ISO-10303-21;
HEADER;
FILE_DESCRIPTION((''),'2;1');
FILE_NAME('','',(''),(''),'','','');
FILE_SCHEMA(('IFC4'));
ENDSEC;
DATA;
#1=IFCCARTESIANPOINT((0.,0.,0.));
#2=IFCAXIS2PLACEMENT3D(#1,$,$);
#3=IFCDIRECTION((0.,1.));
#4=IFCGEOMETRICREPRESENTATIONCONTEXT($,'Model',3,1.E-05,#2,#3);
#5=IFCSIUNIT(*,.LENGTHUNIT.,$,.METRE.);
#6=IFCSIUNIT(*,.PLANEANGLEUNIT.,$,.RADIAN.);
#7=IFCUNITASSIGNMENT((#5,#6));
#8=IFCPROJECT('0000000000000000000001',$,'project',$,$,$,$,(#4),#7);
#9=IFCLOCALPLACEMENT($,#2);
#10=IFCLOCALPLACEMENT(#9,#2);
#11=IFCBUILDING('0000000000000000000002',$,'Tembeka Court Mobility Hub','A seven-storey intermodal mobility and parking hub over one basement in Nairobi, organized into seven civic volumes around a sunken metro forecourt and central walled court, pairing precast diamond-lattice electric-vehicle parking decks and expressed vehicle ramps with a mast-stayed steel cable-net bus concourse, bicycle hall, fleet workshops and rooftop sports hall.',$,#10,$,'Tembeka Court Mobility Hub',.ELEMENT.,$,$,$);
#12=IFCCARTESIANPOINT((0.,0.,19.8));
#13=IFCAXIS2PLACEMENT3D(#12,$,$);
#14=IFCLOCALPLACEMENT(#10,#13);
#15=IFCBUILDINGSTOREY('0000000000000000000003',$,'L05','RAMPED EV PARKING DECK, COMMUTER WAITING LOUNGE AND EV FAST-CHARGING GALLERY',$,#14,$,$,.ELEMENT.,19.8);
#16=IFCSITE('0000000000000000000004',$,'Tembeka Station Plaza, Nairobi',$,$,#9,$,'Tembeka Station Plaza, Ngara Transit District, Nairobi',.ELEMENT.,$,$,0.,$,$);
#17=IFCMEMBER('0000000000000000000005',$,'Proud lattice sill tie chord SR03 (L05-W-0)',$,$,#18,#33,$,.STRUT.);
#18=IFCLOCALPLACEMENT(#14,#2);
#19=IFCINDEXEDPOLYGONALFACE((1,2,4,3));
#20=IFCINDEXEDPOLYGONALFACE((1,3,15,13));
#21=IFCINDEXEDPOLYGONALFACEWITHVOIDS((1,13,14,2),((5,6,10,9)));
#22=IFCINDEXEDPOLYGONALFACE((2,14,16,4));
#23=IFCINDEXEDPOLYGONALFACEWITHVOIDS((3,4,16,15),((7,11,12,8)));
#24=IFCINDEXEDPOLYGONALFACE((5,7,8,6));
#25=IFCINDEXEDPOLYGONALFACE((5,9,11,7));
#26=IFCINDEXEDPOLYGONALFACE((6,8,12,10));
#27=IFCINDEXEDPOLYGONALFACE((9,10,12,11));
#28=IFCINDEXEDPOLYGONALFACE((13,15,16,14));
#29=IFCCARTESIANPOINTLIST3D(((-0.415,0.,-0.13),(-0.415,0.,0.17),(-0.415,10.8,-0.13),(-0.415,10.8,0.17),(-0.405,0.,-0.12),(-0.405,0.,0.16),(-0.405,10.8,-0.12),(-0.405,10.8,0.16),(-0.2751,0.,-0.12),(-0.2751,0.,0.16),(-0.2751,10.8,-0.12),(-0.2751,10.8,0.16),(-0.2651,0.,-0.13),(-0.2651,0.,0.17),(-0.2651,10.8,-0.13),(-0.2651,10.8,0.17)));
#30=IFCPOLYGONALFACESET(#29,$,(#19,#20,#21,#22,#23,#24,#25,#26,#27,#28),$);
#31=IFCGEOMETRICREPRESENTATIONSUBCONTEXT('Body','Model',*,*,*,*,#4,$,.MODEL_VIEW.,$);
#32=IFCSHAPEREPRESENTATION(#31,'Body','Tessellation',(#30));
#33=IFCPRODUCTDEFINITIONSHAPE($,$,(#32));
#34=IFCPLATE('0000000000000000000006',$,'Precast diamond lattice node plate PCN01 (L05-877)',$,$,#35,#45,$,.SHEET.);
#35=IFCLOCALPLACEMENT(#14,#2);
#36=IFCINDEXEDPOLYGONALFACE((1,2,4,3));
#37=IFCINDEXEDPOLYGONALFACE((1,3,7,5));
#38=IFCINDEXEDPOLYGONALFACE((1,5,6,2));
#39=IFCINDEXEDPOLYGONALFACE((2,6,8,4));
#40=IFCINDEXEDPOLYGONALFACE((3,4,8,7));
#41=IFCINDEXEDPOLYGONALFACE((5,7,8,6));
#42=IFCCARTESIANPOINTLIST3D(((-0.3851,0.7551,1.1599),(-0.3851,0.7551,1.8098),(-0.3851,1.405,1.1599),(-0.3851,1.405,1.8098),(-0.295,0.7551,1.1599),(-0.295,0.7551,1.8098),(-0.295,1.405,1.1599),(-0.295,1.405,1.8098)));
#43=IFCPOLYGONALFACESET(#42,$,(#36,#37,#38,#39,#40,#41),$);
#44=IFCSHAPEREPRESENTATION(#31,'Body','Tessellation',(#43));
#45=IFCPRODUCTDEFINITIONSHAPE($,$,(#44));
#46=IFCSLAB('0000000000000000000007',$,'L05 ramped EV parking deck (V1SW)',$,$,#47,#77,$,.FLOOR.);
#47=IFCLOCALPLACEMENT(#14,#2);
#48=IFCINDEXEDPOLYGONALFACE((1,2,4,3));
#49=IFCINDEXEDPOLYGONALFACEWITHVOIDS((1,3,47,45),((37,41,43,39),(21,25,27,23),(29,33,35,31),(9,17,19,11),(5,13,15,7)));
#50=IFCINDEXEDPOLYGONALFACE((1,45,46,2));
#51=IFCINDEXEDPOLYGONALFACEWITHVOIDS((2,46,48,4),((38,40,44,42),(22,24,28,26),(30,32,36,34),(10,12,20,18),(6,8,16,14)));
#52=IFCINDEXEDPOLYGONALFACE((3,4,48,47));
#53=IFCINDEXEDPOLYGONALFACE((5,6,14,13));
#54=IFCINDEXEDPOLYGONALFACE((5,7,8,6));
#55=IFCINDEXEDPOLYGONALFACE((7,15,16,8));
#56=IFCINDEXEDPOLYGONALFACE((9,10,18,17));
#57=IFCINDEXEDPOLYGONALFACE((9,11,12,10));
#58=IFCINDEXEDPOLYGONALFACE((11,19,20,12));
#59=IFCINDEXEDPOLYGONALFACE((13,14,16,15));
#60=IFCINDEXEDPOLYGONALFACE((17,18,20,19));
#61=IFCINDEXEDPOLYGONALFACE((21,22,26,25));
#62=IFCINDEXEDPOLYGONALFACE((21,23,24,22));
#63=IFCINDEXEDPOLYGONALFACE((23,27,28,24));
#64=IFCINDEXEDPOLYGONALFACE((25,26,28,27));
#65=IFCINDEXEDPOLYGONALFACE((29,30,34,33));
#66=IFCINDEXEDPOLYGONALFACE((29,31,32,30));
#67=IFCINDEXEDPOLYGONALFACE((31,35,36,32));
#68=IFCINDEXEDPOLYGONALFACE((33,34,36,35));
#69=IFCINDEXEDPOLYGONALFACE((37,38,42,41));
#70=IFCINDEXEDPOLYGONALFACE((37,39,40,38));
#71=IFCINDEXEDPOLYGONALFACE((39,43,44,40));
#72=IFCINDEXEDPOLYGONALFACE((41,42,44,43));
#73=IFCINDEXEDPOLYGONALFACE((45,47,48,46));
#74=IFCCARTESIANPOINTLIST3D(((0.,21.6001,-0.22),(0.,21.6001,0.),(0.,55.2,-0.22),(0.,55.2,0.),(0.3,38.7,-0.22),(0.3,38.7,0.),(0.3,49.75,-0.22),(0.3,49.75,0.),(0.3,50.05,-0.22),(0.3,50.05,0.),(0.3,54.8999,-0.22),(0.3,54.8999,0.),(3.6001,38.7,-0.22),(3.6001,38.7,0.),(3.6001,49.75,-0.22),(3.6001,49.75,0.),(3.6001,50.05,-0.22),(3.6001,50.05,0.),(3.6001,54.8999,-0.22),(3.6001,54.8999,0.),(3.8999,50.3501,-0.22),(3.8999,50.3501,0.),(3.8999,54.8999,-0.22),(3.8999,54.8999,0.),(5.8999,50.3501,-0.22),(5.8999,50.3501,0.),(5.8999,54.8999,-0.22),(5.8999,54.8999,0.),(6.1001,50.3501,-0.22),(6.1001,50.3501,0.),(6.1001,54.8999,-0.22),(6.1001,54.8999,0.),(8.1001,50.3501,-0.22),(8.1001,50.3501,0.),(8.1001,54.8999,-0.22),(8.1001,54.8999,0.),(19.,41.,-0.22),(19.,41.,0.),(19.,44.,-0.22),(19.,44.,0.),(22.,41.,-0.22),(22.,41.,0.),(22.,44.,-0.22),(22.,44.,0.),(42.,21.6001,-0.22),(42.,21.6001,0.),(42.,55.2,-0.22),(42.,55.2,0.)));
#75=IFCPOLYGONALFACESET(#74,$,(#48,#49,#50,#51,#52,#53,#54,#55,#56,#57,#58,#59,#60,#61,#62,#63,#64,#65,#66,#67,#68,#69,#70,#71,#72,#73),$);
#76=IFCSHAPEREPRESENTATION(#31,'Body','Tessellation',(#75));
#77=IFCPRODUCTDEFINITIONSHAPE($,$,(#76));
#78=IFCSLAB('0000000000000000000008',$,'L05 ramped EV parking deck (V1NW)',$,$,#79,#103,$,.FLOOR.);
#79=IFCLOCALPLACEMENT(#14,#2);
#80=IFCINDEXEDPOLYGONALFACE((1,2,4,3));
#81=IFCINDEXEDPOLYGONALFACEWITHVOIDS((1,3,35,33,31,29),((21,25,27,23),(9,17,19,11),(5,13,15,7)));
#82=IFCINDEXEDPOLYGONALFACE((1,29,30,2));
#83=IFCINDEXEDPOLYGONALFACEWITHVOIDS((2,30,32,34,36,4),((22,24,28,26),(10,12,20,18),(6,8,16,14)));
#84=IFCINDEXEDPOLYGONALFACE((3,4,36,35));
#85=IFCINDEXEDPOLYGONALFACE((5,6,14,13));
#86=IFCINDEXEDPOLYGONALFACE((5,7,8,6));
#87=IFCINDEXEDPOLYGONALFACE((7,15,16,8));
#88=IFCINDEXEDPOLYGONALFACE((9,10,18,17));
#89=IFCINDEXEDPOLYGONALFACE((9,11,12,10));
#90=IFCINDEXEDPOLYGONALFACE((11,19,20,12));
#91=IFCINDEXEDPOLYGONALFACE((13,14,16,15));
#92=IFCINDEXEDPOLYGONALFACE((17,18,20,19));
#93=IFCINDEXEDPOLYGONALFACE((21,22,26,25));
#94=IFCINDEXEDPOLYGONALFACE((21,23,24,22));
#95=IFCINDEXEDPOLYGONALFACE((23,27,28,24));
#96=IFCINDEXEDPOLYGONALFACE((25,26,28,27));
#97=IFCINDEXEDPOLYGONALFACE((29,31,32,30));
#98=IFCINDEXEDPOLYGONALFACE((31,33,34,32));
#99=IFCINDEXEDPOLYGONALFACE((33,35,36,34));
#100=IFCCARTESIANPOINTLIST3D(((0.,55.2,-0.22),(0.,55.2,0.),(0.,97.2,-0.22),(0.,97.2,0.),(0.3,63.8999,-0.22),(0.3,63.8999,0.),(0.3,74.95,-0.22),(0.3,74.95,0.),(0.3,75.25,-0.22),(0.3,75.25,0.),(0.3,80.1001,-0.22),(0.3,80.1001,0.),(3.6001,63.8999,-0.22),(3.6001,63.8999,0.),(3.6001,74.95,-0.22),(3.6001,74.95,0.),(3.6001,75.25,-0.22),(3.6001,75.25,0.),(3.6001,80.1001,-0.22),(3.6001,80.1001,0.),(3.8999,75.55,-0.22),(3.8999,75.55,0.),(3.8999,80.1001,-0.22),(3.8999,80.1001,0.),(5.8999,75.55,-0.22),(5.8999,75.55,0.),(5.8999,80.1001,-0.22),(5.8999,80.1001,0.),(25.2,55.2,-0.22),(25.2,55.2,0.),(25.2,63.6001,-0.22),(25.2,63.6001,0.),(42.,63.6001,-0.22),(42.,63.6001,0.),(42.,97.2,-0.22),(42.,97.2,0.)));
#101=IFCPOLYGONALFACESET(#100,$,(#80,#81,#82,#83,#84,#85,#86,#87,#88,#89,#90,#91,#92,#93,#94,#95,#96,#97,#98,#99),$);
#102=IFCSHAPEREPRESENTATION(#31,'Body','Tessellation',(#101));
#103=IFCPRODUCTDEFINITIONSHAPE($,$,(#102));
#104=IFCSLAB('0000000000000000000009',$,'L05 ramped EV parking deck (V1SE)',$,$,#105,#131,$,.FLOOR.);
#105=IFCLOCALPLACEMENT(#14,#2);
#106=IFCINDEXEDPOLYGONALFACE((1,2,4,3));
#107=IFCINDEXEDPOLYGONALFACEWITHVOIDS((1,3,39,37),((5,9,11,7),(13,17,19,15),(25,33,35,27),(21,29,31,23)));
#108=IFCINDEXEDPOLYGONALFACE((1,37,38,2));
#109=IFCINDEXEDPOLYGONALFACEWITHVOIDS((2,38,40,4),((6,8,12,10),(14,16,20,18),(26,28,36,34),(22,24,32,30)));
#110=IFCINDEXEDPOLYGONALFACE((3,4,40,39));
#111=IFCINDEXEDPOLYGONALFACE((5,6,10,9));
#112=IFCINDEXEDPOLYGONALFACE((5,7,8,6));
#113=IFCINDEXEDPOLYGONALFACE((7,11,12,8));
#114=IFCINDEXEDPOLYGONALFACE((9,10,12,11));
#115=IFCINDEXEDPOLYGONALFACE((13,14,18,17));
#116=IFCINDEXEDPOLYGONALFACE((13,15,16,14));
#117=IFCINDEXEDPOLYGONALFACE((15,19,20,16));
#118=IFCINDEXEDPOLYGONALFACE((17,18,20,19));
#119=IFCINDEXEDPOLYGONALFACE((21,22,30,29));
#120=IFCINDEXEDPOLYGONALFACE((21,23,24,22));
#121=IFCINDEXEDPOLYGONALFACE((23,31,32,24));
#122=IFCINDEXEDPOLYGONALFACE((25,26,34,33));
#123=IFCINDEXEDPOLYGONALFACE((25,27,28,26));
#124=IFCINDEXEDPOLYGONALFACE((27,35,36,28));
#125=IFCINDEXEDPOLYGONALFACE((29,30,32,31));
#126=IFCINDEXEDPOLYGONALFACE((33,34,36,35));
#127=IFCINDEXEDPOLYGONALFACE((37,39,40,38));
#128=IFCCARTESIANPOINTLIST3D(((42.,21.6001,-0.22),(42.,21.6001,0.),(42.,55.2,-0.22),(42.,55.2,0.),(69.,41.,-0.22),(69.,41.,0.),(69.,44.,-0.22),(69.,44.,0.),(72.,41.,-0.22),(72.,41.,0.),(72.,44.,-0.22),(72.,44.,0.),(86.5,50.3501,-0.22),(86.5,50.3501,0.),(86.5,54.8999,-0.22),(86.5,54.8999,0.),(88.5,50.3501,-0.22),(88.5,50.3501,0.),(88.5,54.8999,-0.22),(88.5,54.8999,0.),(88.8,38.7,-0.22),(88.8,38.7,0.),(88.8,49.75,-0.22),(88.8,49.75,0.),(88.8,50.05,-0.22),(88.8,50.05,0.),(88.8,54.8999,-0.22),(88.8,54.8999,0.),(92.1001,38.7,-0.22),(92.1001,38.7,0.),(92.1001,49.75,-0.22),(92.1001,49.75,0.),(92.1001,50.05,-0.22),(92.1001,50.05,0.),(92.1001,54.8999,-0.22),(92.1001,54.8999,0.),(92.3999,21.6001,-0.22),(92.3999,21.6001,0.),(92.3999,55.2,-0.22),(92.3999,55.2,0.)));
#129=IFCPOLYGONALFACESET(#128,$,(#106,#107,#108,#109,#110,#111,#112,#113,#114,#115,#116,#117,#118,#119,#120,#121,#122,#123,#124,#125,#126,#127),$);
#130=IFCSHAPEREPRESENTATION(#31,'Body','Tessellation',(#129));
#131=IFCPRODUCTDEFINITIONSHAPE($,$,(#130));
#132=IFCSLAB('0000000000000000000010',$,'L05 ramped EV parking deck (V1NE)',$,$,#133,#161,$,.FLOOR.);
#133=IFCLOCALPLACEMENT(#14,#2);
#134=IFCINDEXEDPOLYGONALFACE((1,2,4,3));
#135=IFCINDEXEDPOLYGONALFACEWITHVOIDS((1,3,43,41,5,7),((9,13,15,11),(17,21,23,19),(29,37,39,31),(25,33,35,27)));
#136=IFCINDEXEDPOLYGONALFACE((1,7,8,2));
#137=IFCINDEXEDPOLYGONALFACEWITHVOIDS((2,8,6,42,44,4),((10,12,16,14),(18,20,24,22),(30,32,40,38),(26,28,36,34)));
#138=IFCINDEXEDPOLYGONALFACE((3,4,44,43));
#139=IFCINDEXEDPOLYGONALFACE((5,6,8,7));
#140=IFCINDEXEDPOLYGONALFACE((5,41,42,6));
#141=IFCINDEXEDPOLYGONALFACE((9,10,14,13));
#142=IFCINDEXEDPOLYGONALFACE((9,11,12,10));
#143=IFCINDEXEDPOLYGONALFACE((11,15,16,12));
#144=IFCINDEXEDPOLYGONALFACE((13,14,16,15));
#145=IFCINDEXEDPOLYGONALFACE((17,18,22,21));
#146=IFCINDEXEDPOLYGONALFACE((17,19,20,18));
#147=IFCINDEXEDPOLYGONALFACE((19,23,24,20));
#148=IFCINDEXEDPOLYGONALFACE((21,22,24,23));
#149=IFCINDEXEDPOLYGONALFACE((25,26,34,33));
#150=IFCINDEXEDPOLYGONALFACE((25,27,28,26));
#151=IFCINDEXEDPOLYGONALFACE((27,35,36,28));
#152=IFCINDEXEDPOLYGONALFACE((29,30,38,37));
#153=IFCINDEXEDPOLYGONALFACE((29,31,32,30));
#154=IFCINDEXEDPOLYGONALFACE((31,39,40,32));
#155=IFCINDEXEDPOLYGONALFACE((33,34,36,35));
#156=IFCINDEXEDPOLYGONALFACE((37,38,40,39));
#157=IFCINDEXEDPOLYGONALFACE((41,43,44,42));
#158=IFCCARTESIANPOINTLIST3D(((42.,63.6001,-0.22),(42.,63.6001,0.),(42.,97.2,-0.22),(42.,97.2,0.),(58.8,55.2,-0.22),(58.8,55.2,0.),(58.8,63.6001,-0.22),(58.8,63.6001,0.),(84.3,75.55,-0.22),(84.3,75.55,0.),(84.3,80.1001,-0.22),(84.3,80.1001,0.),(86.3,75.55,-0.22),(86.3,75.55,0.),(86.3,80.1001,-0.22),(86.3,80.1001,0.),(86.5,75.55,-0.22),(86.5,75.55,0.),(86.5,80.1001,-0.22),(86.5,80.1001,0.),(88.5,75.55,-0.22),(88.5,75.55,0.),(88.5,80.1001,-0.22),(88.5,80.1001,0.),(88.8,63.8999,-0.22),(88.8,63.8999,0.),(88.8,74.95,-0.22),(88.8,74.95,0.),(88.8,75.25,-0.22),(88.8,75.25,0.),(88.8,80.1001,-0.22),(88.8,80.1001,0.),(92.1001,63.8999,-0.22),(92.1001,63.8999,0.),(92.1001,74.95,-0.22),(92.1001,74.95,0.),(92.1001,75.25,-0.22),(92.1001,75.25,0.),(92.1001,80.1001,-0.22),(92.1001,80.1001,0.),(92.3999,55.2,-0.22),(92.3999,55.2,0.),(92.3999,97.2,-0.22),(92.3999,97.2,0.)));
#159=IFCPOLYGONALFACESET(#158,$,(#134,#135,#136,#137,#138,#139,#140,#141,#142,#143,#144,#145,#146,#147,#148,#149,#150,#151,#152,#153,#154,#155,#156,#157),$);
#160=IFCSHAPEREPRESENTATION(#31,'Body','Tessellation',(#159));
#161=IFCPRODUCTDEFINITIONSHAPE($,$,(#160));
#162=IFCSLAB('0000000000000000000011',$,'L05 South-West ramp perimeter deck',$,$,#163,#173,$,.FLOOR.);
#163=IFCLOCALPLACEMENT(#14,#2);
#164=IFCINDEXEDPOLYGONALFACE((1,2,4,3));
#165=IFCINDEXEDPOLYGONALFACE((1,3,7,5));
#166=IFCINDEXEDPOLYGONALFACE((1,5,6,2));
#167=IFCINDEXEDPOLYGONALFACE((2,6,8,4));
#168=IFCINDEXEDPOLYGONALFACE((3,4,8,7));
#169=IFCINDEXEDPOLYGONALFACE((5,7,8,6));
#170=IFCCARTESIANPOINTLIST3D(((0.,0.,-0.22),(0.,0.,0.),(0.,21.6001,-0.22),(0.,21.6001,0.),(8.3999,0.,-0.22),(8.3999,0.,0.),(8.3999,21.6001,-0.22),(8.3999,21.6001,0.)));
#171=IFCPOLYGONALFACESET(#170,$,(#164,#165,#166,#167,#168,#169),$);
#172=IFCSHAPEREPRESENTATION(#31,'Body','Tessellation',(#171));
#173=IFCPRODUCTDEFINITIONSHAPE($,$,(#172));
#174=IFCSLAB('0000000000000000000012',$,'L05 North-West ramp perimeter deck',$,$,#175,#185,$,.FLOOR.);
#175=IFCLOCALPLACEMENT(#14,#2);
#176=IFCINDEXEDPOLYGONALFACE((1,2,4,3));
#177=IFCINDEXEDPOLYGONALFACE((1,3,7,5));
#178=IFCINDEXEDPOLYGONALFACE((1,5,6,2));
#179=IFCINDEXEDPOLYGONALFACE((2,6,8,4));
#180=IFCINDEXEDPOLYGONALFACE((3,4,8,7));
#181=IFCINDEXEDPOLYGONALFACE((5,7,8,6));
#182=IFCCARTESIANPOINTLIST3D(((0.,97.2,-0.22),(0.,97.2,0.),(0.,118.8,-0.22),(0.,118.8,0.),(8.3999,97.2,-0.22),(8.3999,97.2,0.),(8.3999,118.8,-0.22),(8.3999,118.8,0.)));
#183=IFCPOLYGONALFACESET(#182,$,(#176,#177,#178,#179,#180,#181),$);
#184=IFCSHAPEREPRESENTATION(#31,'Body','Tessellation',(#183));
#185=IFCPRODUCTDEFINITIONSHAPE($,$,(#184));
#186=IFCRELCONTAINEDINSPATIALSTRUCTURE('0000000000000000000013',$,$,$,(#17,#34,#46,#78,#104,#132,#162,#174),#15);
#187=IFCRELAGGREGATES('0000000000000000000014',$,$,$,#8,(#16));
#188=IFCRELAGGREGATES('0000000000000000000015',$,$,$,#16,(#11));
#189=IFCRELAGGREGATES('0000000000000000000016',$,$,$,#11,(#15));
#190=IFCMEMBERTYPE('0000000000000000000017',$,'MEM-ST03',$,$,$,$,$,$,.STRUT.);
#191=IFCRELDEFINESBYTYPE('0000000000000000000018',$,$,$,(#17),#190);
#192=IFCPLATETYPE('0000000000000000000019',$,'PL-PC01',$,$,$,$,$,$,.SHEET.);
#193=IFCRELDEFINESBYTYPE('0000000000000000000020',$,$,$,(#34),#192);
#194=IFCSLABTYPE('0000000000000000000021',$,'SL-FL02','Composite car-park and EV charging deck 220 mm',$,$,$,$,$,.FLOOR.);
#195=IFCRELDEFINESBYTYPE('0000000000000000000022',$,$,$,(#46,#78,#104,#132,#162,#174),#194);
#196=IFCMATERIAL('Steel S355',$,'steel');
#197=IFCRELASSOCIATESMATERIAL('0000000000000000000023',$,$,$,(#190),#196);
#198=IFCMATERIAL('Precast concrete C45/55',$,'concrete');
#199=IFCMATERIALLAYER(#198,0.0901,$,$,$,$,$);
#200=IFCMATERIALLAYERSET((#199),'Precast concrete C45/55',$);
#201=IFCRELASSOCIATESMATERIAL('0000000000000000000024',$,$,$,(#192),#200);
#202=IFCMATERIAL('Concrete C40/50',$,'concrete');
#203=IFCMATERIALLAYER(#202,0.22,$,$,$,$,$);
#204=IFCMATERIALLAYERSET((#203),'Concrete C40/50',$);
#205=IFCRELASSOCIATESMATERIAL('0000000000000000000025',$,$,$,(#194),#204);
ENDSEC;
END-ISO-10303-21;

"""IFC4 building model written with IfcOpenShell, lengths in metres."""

from ifc_helpers import new_model, si_unit, direction, frame, origin, origin_2d, place, context, subcontext, project, spatial, polyline, rectangle, hollow_rectangle, outline, extrude, material, layer, layer_set, material_profile, profile_set, type_object, element, save


model = new_model("IFC4")

# Units and contexts
model_context = context("Model", 3, precision=1e-05, world=origin(), true_north=direction((0.0, 1.0)))
body_context = subcontext(model_context, "Body", "Model", "MODEL_VIEW")
ifc_project = project(units=[si_unit("LENGTHUNIT", "METRE"), si_unit("PLANEANGLEUNIT", "RADIAN")], contexts=[model_context])

# Site, building, storey
site_placement = place(None, origin())
site = spatial("IfcSite", under=ifc_project, at=site_placement, Name="Tembeka Station Plaza, Nairobi", LongName="Tembeka Station Plaza, Ngara Transit District, Nairobi", CompositionType="ELEMENT", RefElevation=0.0)
building_placement = place(site_placement, origin())
building = spatial("IfcBuilding", under=site, at=building_placement, Name="Tembeka Court Mobility Hub", Description="A seven-storey intermodal mobility and parking hub over one basement in Nairobi, organized into seven civic volumes around a sunken metro forecourt and central walled court, pairing precast diamond-lattice electric-vehicle parking decks and expressed vehicle ramps with a mast-stayed steel cable-net bus concourse, bicycle hall, fleet workshops and rooftop sports hall.", LongName="Tembeka Court Mobility Hub", CompositionType="ELEMENT")
storey_placement = place(building_placement, frame((0.0, 0.0, 19.8)))
storey = spatial("IfcBuildingStorey", under=building, at=storey_placement, Name="L05", Description="RAMPED EV PARKING DECK, COMMUTER WAITING LOUNGE AND EV FAST-CHARGING GALLERY", CompositionType="ELEMENT", Elevation=19.8)

# Shared definitions
ifc_material_1 = material(Name="Steel S355", Category="steel")

# Shared definitions
ifc_material_2 = material(Name="Precast concrete C45/55", Category="concrete")

# Member
ifc_material_profile_1 = material_profile(ifc_material_1, hollow_rectangle(XDim=0.1499, YDim=0.3, WallThickness=0.01, at=origin_2d()), Name="RHS 300x150x10")
ifc_profile_set_1 = profile_set([ifc_material_profile_1], Name="Steel S355")
member_type_1 = type_object("IfcMemberType", Name="MEM-ST03", PredefinedType="STRUT", material=ifc_profile_set_1)
member_1_placement = place(storey_placement, frame((-0.3401, 0.0, 0.02), z_axis=(0.0, 1.0, 0.0), x_axis=(-1.0, 0.0, 0.0)))
element("IfcMember", 1, at=member_1_placement, inside=storey, type_object=member_type_1, Name="Proud lattice sill tie chord SR03 (L05-W-0)", PredefinedType="STRUT", context=body_context, shape_type="SweptSolid", body=[
    extrude(hollow_rectangle(XDim=0.1499, YDim=0.3, WallThickness=0.01, at=origin_2d()), origin(), (0.0, 0.0, 1.0), 10.8),
])

# Plate
ifc_layer_1 = layer(ifc_material_2, 0.0901)
ifc_layer_set_1 = layer_set([ifc_layer_1], Name="Precast concrete C45/55")
plate_type = type_object("IfcPlateType", Name="PL-PC01", PredefinedType="SHEET", material=ifc_layer_set_1)
plate_placement = place(storey_placement, frame((-0.3401, 1.0801, 1.1599), z_axis=(0.0, 0.0, 1.0), x_axis=(1.0, 0.0, 0.0)))
element("IfcPlate", 2, at=plate_placement, inside=storey, type_object=plate_type, Name="Precast diamond lattice node plate PCN01 (L05-877)", PredefinedType="SHEET", context=body_context, shape_type="SweptSolid", body=[
    extrude(rectangle(XDim=0.0901, YDim=0.6499, at=origin_2d()), origin(), (0.0, 0.0, 1.0), 0.6499),
])

# Slabs
ifc_material_3 = material(Name="Concrete C40/50", Category="concrete")
ifc_layer_2 = layer(ifc_material_3, 0.22)
ifc_layer_set_2 = layer_set([ifc_layer_2], Name="Concrete C40/50")
slab_type_1 = type_object("IfcSlabType", Name="SL-FL02", Description="Composite car-park and EV charging deck 220 mm", PredefinedType="FLOOR", material=ifc_layer_set_2)
slab_1_placement = place(storey_placement, frame((0.0, 0.0, -0.22)))
element("IfcSlab", 3, at=slab_1_placement, inside=storey, type_object=slab_type_1, Name="L05 ramped EV parking deck (V1SW)", PredefinedType="FLOOR", context=body_context, shape_type="SweptSolid", body=[
    extrude(outline(polyline([(0.0, 21.6001), (42.0, 21.6001), (42.0, 55.2), (0.0, 55.2), (0.0, 21.6001)]), holes=[polyline([(0.3, 49.75), (3.6001, 49.75), (3.6001, 38.7), (0.3, 38.7), (0.3, 49.75)]), polyline([(3.8999, 54.8999), (5.8999, 54.8999), (5.8999, 50.3501), (3.8999, 50.3501), (3.8999, 54.8999)]), polyline([(6.1001, 54.8999), (8.1001, 54.8999), (8.1001, 50.3501), (6.1001, 50.3501), (6.1001, 54.8999)]), polyline([(0.3, 54.8999), (3.6001, 54.8999), (3.6001, 50.05), (0.3, 50.05), (0.3, 54.8999)]), polyline([(19.0, 44.0), (22.0, 44.0), (22.0, 41.0), (19.0, 41.0), (19.0, 44.0)])]), origin(), (0.0, 0.0, 1.0), 0.22),
])
slab_2_placement = place(storey_placement, frame((0.0, 0.0, -0.22)))
element("IfcSlab", 4, at=slab_2_placement, inside=storey, type_object=slab_type_1, Name="L05 ramped EV parking deck (V1NW)", PredefinedType="FLOOR", context=body_context, shape_type="SweptSolid", body=[
    extrude(outline(polyline([(0.0, 55.2), (25.2, 55.2), (25.2, 63.6001), (42.0, 63.6001), (42.0, 97.2), (0.0, 97.2), (0.0, 55.2)]), holes=[polyline([(0.3, 74.95), (3.6001, 74.95), (3.6001, 63.8999), (0.3, 63.8999), (0.3, 74.95)]), polyline([(3.8999, 80.1001), (5.8999, 80.1001), (5.8999, 75.55), (3.8999, 75.55), (3.8999, 80.1001)]), polyline([(0.3, 80.1001), (3.6001, 80.1001), (3.6001, 75.25), (0.3, 75.25), (0.3, 80.1001)])]), origin(), (0.0, 0.0, 1.0), 0.22),
])
slab_3_placement = place(storey_placement, frame((0.0, 0.0, -0.22)))
element("IfcSlab", 5, at=slab_3_placement, inside=storey, type_object=slab_type_1, Name="L05 ramped EV parking deck (V1SE)", PredefinedType="FLOOR", context=body_context, shape_type="SweptSolid", body=[
    extrude(outline(polyline([(42.0, 21.6001), (92.3999, 21.6001), (92.3999, 55.2), (42.0, 55.2), (42.0, 21.6001)]), holes=[polyline([(88.8, 49.75), (92.1001, 49.75), (92.1001, 38.7), (88.8, 38.7), (88.8, 49.75)]), polyline([(86.5, 54.8999), (88.5, 54.8999), (88.5, 50.3501), (86.5, 50.3501), (86.5, 54.8999)]), polyline([(88.8, 54.8999), (92.1001, 54.8999), (92.1001, 50.05), (88.8, 50.05), (88.8, 54.8999)]), polyline([(69.0, 44.0), (72.0, 44.0), (72.0, 41.0), (69.0, 41.0), (69.0, 44.0)])]), origin(), (0.0, 0.0, 1.0), 0.22),
])
slab_4_placement = place(storey_placement, frame((0.0, 0.0, -0.22)))
element("IfcSlab", 6, at=slab_4_placement, inside=storey, type_object=slab_type_1, Name="L05 ramped EV parking deck (V1NE)", PredefinedType="FLOOR", context=body_context, shape_type="SweptSolid", body=[
    extrude(outline(polyline([(42.0, 63.6001), (58.8, 63.6001), (58.8, 55.2), (92.3999, 55.2), (92.3999, 97.2), (42.0, 97.2), (42.0, 63.6001)]), holes=[polyline([(88.8, 74.95), (92.1001, 74.95), (92.1001, 63.8999), (88.8, 63.8999), (88.8, 74.95)]), polyline([(84.3, 80.1001), (86.3, 80.1001), (86.3, 75.55), (84.3, 75.55), (84.3, 80.1001)]), polyline([(86.5, 80.1001), (88.5, 80.1001), (88.5, 75.55), (86.5, 75.55), (86.5, 80.1001)]), polyline([(88.8, 80.1001), (92.1001, 80.1001), (92.1001, 75.25), (88.8, 75.25), (88.8, 80.1001)])]), origin(), (0.0, 0.0, 1.0), 0.22),
])
slab_5_placement = place(storey_placement, frame((0.0, 0.0, -0.22)))
element("IfcSlab", 7, at=slab_5_placement, inside=storey, type_object=slab_type_1, Name="L05 South-West ramp perimeter deck", PredefinedType="FLOOR", context=body_context, shape_type="SweptSolid", body=[
    extrude(outline(polyline([(0.0, 0.0), (8.3999, 0.0), (8.3999, 21.6001), (0.0, 21.6001), (0.0, 0.0)])), origin(), (0.0, 0.0, 1.0), 0.22),
])
slab_6_placement = place(storey_placement, frame((0.0, 0.0, -0.22)))
element("IfcSlab", 8, at=slab_6_placement, inside=storey, type_object=slab_type_1, Name="L05 North-West ramp perimeter deck", PredefinedType="FLOOR", context=body_context, shape_type="SweptSolid", body=[
    extrude(outline(polyline([(0.0, 97.2), (8.3999, 97.2), (8.3999, 118.8), (0.0, 118.8), (0.0, 97.2)])), origin(), (0.0, 0.0, 1.0), 0.22),
])

save(model, "model.ifc")
